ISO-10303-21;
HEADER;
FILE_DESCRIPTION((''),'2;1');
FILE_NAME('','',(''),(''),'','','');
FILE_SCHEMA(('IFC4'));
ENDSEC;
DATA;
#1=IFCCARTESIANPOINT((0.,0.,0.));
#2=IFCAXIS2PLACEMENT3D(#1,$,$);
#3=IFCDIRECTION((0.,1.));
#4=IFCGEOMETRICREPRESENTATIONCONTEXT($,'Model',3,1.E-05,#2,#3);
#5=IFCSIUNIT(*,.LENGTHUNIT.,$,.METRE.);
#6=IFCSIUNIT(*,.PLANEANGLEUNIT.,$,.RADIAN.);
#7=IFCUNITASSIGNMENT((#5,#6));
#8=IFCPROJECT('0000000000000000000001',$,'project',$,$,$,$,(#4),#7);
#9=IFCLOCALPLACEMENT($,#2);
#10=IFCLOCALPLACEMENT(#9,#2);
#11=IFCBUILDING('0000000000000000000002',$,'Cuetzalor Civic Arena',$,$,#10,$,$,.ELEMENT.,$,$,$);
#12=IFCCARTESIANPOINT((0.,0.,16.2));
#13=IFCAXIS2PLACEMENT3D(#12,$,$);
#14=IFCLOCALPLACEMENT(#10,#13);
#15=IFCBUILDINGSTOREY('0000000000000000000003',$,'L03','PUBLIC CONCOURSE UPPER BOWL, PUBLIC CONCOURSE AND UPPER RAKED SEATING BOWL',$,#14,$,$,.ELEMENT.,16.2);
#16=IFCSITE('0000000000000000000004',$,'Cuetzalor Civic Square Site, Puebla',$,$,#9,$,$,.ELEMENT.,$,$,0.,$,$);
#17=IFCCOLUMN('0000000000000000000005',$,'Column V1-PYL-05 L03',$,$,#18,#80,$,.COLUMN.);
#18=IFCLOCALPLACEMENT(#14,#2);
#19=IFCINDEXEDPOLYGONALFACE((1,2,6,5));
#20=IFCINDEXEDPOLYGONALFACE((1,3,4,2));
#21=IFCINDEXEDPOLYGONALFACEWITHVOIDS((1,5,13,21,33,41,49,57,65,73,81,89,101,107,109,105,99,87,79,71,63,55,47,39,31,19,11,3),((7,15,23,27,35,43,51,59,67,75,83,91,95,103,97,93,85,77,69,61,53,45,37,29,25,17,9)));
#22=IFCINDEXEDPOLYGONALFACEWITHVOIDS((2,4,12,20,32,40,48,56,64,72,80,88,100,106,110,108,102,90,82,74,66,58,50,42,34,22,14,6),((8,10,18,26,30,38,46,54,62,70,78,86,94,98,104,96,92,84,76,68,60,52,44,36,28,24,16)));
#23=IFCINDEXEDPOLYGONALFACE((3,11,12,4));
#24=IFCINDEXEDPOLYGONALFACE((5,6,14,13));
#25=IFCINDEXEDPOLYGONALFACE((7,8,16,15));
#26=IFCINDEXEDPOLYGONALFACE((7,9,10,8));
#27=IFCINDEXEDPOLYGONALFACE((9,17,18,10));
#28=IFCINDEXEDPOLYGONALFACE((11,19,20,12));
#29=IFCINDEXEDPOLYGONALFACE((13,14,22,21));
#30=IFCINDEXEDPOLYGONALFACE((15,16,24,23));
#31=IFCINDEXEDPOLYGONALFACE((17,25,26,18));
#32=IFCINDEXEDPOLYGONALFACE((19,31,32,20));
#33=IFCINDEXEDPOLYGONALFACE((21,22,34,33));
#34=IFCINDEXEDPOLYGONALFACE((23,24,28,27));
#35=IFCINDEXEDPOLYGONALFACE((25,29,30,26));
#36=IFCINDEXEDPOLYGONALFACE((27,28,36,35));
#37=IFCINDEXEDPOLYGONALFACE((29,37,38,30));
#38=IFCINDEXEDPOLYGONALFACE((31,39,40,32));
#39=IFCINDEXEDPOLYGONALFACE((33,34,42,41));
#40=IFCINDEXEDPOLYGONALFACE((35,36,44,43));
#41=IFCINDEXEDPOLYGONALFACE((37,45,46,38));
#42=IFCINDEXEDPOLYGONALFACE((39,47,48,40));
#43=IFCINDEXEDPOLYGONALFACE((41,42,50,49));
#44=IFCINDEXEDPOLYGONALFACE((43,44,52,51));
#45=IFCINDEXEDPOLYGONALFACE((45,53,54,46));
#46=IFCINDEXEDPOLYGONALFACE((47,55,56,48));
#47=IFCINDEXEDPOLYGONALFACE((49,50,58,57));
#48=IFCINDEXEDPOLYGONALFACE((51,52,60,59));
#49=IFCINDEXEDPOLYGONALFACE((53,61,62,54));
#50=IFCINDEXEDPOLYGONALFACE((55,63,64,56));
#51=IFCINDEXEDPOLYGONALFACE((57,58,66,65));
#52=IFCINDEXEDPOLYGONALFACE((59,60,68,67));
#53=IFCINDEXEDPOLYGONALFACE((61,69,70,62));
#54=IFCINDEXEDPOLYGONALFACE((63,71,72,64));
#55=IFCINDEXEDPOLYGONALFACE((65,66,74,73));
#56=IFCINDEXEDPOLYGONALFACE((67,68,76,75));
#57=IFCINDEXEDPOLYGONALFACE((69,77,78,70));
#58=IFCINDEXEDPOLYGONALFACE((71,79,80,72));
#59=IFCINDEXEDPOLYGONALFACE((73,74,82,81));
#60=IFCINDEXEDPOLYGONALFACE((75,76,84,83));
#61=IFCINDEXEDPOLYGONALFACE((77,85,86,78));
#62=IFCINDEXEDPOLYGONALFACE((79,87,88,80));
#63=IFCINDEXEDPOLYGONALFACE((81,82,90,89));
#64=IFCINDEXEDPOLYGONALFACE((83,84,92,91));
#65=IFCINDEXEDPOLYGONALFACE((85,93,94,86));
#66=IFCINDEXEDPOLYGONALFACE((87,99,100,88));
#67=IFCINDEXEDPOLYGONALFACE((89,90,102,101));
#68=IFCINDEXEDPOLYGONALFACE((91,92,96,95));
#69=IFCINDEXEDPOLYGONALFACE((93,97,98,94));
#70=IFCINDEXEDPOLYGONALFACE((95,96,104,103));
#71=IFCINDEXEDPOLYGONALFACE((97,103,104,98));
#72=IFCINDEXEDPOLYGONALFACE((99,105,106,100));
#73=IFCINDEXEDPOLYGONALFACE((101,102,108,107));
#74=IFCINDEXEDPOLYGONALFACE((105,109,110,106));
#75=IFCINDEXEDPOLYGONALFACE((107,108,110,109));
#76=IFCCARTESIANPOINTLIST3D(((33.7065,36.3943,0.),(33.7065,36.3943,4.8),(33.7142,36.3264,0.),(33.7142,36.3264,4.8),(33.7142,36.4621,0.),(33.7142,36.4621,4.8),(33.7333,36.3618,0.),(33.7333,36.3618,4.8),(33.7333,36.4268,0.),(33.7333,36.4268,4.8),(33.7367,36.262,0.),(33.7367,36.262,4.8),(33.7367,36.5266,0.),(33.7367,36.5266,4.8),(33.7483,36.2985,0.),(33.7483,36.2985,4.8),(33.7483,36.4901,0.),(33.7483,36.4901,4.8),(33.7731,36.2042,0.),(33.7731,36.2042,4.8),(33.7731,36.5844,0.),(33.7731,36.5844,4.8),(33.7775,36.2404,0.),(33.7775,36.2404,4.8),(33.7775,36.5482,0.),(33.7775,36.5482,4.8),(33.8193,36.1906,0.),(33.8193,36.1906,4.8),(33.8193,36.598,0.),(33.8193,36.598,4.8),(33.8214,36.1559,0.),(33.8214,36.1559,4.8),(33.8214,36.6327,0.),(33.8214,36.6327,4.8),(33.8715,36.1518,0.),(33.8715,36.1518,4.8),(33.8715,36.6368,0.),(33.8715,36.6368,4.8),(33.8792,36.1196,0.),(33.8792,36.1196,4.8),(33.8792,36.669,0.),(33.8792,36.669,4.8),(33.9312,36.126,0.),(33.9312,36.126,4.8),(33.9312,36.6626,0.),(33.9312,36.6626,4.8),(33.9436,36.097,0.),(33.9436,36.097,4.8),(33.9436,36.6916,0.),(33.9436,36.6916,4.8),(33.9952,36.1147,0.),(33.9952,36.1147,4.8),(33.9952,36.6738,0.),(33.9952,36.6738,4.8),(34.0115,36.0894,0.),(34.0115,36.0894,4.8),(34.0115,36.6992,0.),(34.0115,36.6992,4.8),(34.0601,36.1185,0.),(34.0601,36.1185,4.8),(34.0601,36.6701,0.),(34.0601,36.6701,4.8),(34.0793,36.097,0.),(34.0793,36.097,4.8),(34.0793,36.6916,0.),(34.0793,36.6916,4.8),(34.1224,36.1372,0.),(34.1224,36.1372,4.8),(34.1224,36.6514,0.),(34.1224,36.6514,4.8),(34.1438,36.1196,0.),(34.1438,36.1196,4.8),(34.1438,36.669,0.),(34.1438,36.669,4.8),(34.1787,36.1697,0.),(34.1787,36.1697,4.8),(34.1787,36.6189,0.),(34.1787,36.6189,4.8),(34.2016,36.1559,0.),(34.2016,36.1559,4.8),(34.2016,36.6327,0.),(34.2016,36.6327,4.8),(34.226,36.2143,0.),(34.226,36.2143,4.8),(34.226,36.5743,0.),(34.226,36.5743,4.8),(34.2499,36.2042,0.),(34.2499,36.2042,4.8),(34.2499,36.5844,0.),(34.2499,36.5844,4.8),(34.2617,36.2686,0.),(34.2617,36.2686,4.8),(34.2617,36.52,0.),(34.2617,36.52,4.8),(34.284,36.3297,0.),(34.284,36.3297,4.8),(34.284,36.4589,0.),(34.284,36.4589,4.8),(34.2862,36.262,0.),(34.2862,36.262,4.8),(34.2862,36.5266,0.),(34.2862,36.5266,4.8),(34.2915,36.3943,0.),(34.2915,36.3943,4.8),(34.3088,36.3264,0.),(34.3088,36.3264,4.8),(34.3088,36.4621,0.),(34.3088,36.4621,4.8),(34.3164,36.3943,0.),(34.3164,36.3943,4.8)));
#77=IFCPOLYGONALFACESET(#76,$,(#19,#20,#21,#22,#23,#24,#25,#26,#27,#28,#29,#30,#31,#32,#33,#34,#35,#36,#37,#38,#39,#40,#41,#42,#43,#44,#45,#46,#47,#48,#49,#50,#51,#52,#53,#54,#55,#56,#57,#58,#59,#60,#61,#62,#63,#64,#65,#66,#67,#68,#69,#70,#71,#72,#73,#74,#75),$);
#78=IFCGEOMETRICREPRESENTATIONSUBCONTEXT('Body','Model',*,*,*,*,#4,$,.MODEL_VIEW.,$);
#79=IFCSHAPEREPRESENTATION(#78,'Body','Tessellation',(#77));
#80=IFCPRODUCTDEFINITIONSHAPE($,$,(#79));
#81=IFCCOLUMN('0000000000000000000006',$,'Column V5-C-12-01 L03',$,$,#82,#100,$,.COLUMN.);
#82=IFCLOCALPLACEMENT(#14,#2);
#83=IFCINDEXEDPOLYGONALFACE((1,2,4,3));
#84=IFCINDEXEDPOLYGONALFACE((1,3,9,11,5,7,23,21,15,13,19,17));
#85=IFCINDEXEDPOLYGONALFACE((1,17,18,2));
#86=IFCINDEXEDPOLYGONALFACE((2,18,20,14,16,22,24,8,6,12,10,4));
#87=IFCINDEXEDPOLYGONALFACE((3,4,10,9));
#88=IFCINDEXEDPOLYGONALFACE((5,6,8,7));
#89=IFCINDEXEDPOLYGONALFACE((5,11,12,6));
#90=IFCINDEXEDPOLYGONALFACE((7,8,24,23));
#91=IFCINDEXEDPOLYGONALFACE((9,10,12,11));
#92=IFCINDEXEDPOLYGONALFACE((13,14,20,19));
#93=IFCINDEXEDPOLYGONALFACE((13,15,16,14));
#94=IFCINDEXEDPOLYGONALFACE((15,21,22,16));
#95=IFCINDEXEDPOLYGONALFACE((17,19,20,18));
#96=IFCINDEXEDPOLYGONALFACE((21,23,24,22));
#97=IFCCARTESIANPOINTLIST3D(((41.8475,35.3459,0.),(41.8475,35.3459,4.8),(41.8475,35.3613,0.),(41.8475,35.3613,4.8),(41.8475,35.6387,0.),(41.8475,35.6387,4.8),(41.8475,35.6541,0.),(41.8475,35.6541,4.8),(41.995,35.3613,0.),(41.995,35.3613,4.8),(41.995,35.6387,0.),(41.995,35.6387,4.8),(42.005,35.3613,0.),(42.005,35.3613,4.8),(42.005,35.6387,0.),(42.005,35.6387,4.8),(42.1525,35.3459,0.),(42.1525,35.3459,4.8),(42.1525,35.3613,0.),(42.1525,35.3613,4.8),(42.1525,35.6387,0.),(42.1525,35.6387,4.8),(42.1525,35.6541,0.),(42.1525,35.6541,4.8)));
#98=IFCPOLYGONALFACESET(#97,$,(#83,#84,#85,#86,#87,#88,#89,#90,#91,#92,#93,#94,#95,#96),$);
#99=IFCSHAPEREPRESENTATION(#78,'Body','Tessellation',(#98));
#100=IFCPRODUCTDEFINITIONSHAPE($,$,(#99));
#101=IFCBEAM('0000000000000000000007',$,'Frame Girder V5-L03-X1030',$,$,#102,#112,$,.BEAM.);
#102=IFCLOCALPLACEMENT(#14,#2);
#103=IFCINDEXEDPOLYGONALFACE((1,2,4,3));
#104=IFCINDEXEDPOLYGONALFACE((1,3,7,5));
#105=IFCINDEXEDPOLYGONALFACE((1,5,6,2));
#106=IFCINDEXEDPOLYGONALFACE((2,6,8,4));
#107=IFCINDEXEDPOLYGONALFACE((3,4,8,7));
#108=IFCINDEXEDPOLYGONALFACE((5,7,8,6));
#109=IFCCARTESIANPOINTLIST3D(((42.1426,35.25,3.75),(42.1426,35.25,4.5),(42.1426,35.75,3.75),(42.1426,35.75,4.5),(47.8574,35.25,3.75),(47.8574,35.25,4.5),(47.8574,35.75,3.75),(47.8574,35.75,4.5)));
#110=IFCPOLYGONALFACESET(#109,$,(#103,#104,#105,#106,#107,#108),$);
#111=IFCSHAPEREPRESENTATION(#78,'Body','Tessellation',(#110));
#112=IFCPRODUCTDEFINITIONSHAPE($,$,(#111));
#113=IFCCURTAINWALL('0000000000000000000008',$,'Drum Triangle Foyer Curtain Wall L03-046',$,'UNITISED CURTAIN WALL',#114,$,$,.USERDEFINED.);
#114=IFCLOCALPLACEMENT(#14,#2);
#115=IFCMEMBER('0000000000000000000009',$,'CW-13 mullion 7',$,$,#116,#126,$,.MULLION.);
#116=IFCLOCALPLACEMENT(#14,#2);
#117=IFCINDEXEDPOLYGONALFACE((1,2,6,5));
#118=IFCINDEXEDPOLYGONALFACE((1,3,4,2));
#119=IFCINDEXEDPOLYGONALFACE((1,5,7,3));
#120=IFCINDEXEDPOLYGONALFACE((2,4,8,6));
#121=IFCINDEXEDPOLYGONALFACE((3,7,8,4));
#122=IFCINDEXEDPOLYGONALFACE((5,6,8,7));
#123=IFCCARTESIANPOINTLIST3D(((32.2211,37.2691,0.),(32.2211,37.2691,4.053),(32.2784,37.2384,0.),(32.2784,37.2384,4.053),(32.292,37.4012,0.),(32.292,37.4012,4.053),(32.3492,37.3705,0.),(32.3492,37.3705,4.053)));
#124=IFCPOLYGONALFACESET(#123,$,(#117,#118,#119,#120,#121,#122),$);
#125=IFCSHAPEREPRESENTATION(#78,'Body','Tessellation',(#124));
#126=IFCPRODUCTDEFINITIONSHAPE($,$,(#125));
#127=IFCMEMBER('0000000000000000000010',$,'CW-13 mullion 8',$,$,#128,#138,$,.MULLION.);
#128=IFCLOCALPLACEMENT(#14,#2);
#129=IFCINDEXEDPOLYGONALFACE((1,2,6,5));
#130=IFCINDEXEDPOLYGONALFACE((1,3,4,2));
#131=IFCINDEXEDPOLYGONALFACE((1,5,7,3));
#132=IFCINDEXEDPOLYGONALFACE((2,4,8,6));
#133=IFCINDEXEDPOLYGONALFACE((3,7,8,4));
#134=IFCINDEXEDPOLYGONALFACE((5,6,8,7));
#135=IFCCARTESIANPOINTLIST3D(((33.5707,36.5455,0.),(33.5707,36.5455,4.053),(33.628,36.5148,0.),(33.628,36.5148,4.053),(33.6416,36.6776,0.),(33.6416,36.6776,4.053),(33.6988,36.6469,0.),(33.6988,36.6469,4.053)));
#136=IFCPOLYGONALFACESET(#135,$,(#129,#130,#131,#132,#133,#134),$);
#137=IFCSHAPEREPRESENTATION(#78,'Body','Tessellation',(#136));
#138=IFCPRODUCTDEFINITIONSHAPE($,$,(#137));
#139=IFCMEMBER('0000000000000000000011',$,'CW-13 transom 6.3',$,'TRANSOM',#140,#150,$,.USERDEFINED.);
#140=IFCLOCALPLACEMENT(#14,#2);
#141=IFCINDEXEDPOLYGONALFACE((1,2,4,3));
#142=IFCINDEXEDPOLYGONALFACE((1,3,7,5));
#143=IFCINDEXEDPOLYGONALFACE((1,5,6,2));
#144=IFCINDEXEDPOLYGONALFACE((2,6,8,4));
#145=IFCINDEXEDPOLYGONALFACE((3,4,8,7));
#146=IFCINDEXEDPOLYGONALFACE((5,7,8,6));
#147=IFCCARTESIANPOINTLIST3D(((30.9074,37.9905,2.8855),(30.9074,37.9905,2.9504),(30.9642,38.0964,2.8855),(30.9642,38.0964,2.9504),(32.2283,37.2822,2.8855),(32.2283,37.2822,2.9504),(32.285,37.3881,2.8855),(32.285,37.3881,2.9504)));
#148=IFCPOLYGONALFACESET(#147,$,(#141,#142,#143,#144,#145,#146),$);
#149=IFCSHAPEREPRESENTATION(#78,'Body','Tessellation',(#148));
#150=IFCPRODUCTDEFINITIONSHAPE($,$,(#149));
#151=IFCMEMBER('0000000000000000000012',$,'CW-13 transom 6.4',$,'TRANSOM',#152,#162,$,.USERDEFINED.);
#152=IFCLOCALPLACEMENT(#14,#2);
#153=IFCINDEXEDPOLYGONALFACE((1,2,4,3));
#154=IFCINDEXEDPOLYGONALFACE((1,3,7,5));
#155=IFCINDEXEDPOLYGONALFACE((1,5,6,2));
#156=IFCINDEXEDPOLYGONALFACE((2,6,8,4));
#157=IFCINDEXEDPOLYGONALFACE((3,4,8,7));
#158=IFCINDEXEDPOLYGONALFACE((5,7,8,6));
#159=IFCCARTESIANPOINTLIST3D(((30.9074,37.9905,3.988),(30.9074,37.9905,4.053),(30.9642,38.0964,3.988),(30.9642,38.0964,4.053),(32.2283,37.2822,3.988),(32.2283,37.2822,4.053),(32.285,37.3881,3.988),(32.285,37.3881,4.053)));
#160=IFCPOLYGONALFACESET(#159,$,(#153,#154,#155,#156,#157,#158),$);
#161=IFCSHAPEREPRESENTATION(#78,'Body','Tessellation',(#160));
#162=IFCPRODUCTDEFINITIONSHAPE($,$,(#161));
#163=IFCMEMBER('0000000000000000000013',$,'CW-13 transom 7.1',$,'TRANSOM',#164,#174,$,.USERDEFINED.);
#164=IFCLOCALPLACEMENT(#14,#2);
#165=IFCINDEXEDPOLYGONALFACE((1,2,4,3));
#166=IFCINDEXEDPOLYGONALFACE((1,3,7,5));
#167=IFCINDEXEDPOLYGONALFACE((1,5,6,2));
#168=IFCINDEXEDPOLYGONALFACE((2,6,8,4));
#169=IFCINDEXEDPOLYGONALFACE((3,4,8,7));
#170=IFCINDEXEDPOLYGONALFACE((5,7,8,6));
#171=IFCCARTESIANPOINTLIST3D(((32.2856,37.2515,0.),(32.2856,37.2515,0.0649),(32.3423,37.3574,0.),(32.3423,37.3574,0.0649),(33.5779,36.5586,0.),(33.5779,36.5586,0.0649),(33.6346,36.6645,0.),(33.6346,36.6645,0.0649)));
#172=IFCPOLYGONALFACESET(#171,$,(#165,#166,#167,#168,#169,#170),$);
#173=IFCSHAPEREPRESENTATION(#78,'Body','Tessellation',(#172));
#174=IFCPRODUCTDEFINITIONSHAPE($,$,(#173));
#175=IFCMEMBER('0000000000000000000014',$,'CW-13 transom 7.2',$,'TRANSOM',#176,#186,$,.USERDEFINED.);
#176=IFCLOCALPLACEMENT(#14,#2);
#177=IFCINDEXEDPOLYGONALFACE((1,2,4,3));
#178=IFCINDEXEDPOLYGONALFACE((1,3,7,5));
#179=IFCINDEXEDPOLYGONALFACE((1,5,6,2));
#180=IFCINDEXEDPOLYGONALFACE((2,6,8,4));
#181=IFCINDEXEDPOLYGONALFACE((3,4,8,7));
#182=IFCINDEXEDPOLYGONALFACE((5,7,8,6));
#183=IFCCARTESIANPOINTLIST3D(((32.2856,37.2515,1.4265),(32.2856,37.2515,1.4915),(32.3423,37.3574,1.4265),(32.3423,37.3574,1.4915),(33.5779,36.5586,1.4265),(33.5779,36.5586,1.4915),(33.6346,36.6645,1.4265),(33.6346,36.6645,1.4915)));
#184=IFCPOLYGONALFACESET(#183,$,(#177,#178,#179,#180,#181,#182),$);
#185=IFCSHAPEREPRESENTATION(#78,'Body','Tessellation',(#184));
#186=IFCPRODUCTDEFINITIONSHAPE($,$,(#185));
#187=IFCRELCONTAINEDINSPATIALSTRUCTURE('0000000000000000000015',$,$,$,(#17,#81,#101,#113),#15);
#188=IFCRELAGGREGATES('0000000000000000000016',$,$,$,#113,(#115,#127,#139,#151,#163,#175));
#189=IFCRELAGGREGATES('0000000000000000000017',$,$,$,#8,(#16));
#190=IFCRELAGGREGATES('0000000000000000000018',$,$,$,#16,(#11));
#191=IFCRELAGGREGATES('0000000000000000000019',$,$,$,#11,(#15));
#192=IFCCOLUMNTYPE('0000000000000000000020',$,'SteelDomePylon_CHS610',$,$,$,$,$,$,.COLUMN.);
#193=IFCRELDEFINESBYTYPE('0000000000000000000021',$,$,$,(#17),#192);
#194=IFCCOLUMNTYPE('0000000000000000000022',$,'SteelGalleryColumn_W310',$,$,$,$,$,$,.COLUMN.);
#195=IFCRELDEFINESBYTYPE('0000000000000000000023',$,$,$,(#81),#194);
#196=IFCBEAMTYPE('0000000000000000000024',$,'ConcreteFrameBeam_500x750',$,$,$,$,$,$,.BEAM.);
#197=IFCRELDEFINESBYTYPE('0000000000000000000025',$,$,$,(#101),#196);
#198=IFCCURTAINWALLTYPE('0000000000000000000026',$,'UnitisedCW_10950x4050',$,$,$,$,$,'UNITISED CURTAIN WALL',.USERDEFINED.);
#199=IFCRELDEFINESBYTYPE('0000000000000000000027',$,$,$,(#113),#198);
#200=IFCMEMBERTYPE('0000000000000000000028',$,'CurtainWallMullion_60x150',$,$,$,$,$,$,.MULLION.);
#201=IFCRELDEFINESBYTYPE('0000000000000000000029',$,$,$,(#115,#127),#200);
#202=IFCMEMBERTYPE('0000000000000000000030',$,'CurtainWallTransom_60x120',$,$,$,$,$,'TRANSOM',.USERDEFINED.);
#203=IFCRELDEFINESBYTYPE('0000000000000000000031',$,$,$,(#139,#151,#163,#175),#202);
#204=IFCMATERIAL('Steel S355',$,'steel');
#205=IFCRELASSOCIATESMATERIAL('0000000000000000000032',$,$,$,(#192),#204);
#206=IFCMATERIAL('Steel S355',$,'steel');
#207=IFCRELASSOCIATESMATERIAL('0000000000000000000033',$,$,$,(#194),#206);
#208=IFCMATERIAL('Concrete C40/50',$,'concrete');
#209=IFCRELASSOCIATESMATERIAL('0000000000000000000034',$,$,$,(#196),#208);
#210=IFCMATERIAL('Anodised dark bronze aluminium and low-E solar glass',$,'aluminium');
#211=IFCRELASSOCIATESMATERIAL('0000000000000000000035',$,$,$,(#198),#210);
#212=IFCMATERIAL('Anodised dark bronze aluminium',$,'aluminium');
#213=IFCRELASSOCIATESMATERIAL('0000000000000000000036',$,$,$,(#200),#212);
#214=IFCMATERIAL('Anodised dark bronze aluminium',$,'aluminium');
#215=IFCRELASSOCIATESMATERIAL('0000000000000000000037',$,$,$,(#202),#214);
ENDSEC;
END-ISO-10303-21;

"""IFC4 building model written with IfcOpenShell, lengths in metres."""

from ifc_helpers import new_model, si_unit, direction, frame, origin, origin_2d, place, context, subcontext, project, spatial, rectangle, hollow_circle, i_section, extrude, material, material_profile, profile_set, type_object, element, aggregate, save


model = new_model("IFC4")

# Units and contexts
model_context = context("Model", 3, precision=1e-05, world=origin(), true_north=direction((0.0, 1.0)))
body_context = subcontext(model_context, "Body", "Model", "MODEL_VIEW")
ifc_project = project(units=[si_unit("LENGTHUNIT", "METRE"), si_unit("PLANEANGLEUNIT", "RADIAN")], contexts=[model_context])

# Site, building, storey
site_placement = place(None, origin())
site = spatial("IfcSite", under=ifc_project, at=site_placement, Name="Cuetzalor Civic Square Site, Puebla", CompositionType="ELEMENT", RefElevation=0.0)
building_placement = place(site_placement, origin())
building = spatial("IfcBuilding", under=site, at=building_placement, Name="Cuetzalor Civic Arena", CompositionType="ELEMENT")
storey_placement = place(building_placement, frame((0.0, 0.0, 16.2)))
storey = spatial("IfcBuildingStorey", under=building, at=storey_placement, Name="L03", Description="PUBLIC CONCOURSE UPPER BOWL, PUBLIC CONCOURSE AND UPPER RAKED SEATING BOWL", CompositionType="ELEMENT", Elevation=16.2)

# Columns
ifc_material_1 = material(Name="Steel S355", Category="steel")
ifc_material_profile_1 = material_profile(ifc_material_1, hollow_circle(Radius=0.3049, WallThickness=0.0249, at=origin_2d()), Name="CHS 610x25")
ifc_profile_set_1 = profile_set([ifc_material_profile_1], Name="Steel S355")
column_type_1 = type_object("IfcColumnType", Name="SteelDomePylon_CHS610", PredefinedType="COLUMN", material=ifc_profile_set_1)
column_1_placement = place(storey_placement, frame((34.0115, 36.3943, 0.0), z_axis=(0.0, 0.0, 1.0), x_axis=(1.0, 0.0, 0.0)))
element("IfcColumn", 1, at=column_1_placement, inside=storey, type_object=column_type_1, Name="Column V1-PYL-05 L03", PredefinedType="COLUMN", context=body_context, shape_type="SweptSolid", body=[
    extrude(hollow_circle(Radius=0.3049, WallThickness=0.0249, at=origin_2d()), origin(), (0.0, 0.0, 1.0), 4.8),
])
ifc_material_2 = material(Name="Steel S355", Category="steel")
ifc_material_profile_2 = material_profile(ifc_material_2, i_section(OverallWidth=0.3049, OverallDepth=0.3081, WebThickness=0.01, FlangeThickness=0.0154, at=origin_2d()), Name="W310x97")
ifc_profile_set_2 = profile_set([ifc_material_profile_2], Name="Steel S355")
column_type_2 = type_object("IfcColumnType", Name="SteelGalleryColumn_W310", PredefinedType="COLUMN", material=ifc_profile_set_2)
column_2_placement = place(storey_placement, frame((42.0, 35.5, 0.0), z_axis=(0.0, 0.0, 1.0), x_axis=(1.0, 0.0, 0.0)))
element("IfcColumn", 2, at=column_2_placement, inside=storey, type_object=column_type_2, Name="Column V5-C-12-01 L03", PredefinedType="COLUMN", context=body_context, shape_type="SweptSolid", body=[
    extrude(i_section(OverallWidth=0.3049, OverallDepth=0.3081, WebThickness=0.01, FlangeThickness=0.0154, at=origin_2d()), origin(), (0.0, 0.0, 1.0), 4.8),
])

# Beam
ifc_material_3 = material(Name="Concrete C40/50", Category="concrete")
ifc_material_profile_3 = material_profile(ifc_material_3, rectangle(XDim=0.5, YDim=0.75, at=origin_2d()), Name="RC 500x750")
ifc_profile_set_3 = profile_set([ifc_material_profile_3], Name="Concrete C40/50")
beam_type_1 = type_object("IfcBeamType", Name="ConcreteFrameBeam_500x750", PredefinedType="BEAM", material=ifc_profile_set_3)
beam_1_placement = place(storey_placement, frame((42.1426, 35.5, 4.125), z_axis=(1.0, 0.0, 0.0), x_axis=(0.0, 1.0, 0.0)))
element("IfcBeam", 3, at=beam_1_placement, inside=storey, type_object=beam_type_1, Name="Frame Girder V5-L03-X1030", PredefinedType="BEAM", context=body_context, shape_type="SweptSolid", body=[
    extrude(rectangle(XDim=0.5, YDim=0.75, at=origin_2d()), origin(), (0.0, 0.0, 1.0), 5.7148),
])

# Curtain wall, members
ifc_material_4 = material(Name="Anodised dark bronze aluminium and low-E solar glass", Category="aluminium")
curtain_wall_type = type_object("IfcCurtainWallType", Name="UnitisedCW_10950x4050", ElementType="UNITISED CURTAIN WALL", PredefinedType="USERDEFINED", material=ifc_material_4)
curtain_wall_placement = place(storey_placement, origin())
curtain_wall = element("IfcCurtainWall", 4, at=curtain_wall_placement, inside=storey, type_object=curtain_wall_type, Name="Drum Triangle Foyer Curtain Wall L03-046", ObjectType="UNITISED CURTAIN WALL", PredefinedType="USERDEFINED")
ifc_material_5 = material(Name="Anodised dark bronze aluminium", Category="aluminium")
ifc_material_profile_4 = material_profile(ifc_material_5, rectangle(XDim=0.0649, YDim=0.1499, at=origin_2d()), Name="ALU MULLION 65x150")
ifc_profile_set_4 = profile_set([ifc_material_profile_4], Name="Anodised dark bronze aluminium")
member_type_1 = type_object("IfcMemberType", Name="CurtainWallMullion_60x150", PredefinedType="MULLION", material=ifc_profile_set_4)
member_1_placement = place(storey_placement, frame((32.2852, 37.3198, 0.0), z_axis=(0.0, 0.0, 1.0), x_axis=(0.881306, -0.472545, 0.0)))
member_1 = element("IfcMember", 5, at=member_1_placement, type_object=member_type_1, Name="CW-13 mullion 7", PredefinedType="MULLION", context=body_context, shape_type="SweptSolid", body=[
    extrude(rectangle(XDim=0.0649, YDim=0.1499, at=origin_2d()), origin(), (0.0, 0.0, 1.0), 4.053),
])
member_2_placement = place(storey_placement, frame((33.6348, 36.5962, 0.0), z_axis=(0.0, 0.0, 1.0), x_axis=(0.881306, -0.472545, 0.0)))
member_2 = element("IfcMember", 6, at=member_2_placement, type_object=member_type_1, Name="CW-13 mullion 8", PredefinedType="MULLION", context=body_context, shape_type="SweptSolid", body=[
    extrude(rectangle(XDim=0.0649, YDim=0.1499, at=origin_2d()), origin(), (0.0, 0.0, 1.0), 4.053),
])
ifc_material_6 = material(Name="Anodised dark bronze aluminium", Category="aluminium")
ifc_material_profile_5 = material_profile(ifc_material_6, rectangle(XDim=0.1201, YDim=0.0649, at=origin_2d()), Name="ALU TRANSOM 65x120")
ifc_profile_set_5 = profile_set([ifc_material_profile_5], Name="Anodised dark bronze aluminium")
member_type_2 = type_object("IfcMemberType", Name="CurtainWallTransom_60x120", ElementType="TRANSOM", PredefinedType="USERDEFINED", material=ifc_profile_set_5)
member_3_placement = place(storey_placement, frame((30.9358, 38.0435, 2.918), z_axis=(0.881291, -0.472574, 0.0), x_axis=(0.472574, 0.881291, 0.0)))
member_3 = element("IfcMember", 7, at=member_3_placement, type_object=member_type_2, Name="CW-13 transom 6.3", ObjectType="TRANSOM", PredefinedType="USERDEFINED", context=body_context, shape_type="SweptSolid", body=[
    extrude(rectangle(XDim=0.1201, YDim=0.0649, at=origin_2d()), origin(), (0.0, 0.0, 1.0), 1.4988),
])
member_4_placement = place(storey_placement, frame((30.9358, 38.0435, 4.0205), z_axis=(0.881291, -0.472574, 0.0), x_axis=(0.472574, 0.881291, 0.0)))
member_4 = element("IfcMember", 8, at=member_4_placement, type_object=member_type_2, Name="CW-13 transom 6.4", ObjectType="TRANSOM", PredefinedType="USERDEFINED", context=body_context, shape_type="SweptSolid", body=[
    extrude(rectangle(XDim=0.1201, YDim=0.0649, at=origin_2d()), origin(), (0.0, 0.0, 1.0), 1.4988),
])
member_5_placement = place(storey_placement, frame((32.314, 37.3044, 0.0325), z_axis=(0.881309, -0.47254, 0.0), x_axis=(0.47254, 0.881309, 0.0)))
member_5 = element("IfcMember", 9, at=member_5_placement, type_object=member_type_2, Name="CW-13 transom 7.1", ObjectType="TRANSOM", PredefinedType="USERDEFINED", context=body_context, shape_type="SweptSolid", body=[
    extrude(rectangle(XDim=0.1201, YDim=0.0649, at=origin_2d()), origin(), (0.0, 0.0, 1.0), 1.4663),
])
member_6_placement = place(storey_placement, frame((32.314, 37.3044, 1.459), z_axis=(0.881309, -0.47254, 0.0), x_axis=(0.47254, 0.881309, 0.0)))
member_6 = element("IfcMember", 10, at=member_6_placement, type_object=member_type_2, Name="CW-13 transom 7.2", ObjectType="TRANSOM", PredefinedType="USERDEFINED", context=body_context, shape_type="SweptSolid", body=[
    extrude(rectangle(XDim=0.1201, YDim=0.0649, at=origin_2d()), origin(), (0.0, 0.0, 1.0), 1.4663),
])

aggregate(curtain_wall, [member_1, member_2, member_3, member_4, member_5, member_6])

save(model, "model.ifc")
